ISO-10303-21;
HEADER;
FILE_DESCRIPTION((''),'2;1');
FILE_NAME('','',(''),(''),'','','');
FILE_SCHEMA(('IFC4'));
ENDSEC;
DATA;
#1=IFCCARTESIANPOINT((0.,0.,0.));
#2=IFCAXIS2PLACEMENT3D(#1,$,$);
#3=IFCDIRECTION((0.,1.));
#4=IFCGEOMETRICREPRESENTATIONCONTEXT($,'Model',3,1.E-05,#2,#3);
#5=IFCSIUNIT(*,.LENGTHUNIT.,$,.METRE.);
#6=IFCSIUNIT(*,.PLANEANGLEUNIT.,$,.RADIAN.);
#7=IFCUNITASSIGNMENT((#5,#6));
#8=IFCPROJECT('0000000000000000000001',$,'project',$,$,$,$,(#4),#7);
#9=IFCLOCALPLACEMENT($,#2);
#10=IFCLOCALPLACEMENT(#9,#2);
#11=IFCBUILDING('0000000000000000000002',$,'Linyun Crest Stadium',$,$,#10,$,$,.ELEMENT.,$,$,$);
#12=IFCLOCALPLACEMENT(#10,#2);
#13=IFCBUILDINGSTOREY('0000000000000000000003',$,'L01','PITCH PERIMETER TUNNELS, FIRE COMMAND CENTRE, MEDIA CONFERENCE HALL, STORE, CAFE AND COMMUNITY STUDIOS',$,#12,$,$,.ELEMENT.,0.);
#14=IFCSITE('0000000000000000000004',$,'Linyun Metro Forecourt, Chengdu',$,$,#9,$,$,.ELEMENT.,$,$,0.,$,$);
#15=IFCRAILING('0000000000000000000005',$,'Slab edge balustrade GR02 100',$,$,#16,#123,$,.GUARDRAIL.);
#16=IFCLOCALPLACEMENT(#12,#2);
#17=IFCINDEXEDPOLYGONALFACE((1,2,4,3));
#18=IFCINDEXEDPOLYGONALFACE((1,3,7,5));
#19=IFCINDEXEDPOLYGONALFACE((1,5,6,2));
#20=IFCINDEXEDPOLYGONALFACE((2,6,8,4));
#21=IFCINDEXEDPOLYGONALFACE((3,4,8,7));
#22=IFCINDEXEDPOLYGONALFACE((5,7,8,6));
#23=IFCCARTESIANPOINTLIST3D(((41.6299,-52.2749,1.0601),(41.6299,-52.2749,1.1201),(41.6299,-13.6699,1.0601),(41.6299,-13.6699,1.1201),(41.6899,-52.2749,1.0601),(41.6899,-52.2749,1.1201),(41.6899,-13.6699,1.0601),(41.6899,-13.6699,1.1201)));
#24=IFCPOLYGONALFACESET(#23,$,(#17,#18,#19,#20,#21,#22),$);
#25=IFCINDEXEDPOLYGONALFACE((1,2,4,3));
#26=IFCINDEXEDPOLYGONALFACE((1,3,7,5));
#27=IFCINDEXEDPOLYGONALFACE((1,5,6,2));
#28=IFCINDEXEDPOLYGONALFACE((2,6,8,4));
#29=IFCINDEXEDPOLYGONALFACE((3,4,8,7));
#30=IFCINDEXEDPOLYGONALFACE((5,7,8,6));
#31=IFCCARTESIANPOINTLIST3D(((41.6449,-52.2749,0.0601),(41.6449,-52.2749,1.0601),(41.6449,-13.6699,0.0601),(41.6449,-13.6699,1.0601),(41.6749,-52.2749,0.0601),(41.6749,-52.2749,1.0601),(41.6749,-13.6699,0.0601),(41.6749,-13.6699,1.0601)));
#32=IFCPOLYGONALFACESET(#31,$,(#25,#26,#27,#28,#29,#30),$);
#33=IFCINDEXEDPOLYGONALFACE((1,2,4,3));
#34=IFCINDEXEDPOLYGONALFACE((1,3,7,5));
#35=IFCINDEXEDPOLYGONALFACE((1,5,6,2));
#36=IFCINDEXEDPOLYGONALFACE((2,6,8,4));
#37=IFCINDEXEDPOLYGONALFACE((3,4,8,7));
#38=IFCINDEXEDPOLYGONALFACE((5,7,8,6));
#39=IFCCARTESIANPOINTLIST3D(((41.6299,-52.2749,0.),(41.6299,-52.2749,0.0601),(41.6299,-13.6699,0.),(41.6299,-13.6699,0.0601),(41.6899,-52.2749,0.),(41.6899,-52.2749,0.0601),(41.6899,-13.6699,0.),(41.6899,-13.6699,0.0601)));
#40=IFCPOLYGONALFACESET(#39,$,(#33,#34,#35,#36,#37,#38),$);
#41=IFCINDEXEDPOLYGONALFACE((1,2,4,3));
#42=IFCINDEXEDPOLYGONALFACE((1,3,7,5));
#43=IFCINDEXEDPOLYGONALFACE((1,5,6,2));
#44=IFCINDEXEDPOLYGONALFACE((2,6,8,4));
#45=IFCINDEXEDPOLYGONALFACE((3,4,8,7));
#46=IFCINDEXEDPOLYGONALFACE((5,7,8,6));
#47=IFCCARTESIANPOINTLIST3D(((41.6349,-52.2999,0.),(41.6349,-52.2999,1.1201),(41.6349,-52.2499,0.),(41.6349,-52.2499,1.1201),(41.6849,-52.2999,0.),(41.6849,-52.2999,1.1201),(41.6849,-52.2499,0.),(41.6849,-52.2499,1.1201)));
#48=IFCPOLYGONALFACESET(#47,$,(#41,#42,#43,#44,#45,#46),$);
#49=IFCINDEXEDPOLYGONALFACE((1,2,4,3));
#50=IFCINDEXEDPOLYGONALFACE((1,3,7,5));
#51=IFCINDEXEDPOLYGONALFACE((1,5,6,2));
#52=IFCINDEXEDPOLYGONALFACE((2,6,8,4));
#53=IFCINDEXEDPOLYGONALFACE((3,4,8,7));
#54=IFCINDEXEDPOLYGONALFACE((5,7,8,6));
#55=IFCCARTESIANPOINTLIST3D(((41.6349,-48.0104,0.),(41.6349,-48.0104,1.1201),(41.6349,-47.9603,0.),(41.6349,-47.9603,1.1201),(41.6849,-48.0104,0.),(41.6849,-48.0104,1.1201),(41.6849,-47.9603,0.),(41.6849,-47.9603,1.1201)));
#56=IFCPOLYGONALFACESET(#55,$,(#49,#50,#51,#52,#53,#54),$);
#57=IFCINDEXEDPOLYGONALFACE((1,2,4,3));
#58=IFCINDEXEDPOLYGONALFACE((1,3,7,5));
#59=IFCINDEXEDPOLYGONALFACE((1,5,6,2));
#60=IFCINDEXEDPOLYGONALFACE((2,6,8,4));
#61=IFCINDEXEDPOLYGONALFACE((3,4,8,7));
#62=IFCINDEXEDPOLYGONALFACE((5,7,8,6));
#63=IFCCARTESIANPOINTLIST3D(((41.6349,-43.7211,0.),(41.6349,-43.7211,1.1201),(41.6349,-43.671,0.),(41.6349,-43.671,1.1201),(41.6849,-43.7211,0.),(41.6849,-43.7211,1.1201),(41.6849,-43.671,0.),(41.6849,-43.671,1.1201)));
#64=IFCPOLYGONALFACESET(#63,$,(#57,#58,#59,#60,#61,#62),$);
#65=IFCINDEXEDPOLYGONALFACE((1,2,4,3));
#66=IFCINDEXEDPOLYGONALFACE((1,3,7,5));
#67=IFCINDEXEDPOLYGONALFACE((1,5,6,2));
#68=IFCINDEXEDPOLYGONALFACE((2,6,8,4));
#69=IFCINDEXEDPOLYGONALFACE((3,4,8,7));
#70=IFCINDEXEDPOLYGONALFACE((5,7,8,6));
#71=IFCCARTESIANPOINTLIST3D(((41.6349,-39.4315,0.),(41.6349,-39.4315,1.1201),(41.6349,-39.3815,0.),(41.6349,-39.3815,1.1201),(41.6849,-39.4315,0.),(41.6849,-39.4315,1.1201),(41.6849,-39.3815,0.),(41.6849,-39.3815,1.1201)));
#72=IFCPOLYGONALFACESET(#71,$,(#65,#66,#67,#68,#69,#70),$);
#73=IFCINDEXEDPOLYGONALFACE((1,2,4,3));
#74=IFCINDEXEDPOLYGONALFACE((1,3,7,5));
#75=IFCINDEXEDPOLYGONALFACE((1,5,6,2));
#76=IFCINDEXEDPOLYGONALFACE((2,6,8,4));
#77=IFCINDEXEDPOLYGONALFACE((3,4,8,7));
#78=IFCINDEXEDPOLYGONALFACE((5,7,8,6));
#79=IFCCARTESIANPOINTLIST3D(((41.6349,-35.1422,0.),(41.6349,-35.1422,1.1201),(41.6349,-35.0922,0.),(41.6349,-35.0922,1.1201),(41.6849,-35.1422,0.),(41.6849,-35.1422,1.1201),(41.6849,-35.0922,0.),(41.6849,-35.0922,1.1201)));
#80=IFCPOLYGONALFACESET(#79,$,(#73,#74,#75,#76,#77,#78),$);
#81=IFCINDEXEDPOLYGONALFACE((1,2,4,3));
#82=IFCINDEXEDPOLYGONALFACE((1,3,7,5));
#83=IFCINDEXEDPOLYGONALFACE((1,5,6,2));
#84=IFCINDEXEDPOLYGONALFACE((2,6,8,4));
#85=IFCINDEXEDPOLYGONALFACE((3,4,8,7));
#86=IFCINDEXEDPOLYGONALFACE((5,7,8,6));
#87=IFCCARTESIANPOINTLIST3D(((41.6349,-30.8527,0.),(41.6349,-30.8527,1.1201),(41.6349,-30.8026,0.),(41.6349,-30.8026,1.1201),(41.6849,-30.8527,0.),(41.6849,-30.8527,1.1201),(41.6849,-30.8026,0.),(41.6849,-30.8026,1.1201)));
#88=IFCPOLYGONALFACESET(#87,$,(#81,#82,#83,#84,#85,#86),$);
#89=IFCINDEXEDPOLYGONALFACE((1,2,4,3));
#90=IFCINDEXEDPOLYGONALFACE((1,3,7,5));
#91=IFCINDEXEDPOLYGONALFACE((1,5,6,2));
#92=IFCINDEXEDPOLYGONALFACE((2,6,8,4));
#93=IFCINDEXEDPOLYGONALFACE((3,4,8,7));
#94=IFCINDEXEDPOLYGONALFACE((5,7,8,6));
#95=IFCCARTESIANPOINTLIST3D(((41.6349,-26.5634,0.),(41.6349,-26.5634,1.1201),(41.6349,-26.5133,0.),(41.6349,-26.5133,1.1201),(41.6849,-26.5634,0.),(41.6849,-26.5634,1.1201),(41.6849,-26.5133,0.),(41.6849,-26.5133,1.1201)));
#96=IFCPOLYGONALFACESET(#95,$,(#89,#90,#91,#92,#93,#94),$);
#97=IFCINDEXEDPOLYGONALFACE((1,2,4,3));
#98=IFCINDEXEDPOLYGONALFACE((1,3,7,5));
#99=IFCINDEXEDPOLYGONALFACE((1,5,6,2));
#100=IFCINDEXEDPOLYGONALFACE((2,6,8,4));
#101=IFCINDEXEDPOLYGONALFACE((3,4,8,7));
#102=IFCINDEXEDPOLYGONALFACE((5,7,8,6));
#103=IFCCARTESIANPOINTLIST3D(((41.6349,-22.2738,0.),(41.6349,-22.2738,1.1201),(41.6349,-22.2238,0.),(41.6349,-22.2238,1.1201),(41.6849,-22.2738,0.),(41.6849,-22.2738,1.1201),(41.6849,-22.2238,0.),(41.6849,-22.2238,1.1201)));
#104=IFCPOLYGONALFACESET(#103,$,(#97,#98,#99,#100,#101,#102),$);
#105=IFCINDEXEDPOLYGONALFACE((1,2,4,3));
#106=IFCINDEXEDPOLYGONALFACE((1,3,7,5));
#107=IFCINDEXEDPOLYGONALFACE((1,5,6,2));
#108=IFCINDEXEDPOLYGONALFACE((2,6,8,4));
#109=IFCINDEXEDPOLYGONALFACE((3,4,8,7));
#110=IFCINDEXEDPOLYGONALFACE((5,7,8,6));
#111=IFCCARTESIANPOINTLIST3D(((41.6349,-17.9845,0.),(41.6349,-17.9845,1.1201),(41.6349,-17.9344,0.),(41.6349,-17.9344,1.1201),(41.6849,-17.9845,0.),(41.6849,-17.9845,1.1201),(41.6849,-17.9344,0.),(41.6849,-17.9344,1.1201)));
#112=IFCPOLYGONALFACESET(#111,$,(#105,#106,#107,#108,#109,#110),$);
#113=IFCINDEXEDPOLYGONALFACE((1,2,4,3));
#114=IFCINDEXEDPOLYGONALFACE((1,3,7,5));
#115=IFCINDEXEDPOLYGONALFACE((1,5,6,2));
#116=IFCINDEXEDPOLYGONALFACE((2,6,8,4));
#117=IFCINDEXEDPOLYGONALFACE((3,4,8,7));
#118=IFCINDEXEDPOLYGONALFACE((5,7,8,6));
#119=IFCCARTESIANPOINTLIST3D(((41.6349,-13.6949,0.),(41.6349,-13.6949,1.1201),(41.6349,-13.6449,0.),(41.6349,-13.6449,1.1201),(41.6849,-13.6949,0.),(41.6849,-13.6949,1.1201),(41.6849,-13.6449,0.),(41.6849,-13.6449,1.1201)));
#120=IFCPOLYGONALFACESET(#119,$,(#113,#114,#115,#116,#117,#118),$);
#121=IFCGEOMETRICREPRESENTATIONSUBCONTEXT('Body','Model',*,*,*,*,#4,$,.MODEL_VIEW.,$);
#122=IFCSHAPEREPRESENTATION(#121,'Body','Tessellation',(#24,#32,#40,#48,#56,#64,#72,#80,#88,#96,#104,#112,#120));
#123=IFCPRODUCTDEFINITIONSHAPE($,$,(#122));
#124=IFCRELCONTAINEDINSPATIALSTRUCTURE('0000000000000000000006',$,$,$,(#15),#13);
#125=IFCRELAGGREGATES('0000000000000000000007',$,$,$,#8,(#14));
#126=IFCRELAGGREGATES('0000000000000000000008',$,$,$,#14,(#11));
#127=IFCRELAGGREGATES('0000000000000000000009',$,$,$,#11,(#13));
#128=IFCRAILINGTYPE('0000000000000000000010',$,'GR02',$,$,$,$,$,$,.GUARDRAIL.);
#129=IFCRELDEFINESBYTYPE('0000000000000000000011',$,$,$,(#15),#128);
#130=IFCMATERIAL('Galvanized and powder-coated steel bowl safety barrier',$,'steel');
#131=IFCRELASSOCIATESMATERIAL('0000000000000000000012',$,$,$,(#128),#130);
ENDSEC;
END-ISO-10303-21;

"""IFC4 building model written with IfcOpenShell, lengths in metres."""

from ifc_helpers import new_model, si_unit, direction, frame, origin, origin_2d, place, context, subcontext, project, spatial, rectangle, extrude, material, type_object, element, save


model = new_model("IFC4")

# Units and contexts
model_context = context("Model", 3, precision=1e-05, world=origin(), true_north=direction((0.0, 1.0)))
body_context = subcontext(model_context, "Body", "Model", "MODEL_VIEW")
ifc_project = project(units=[si_unit("LENGTHUNIT", "METRE"), si_unit("PLANEANGLEUNIT", "RADIAN")], contexts=[model_context])

# Site, building, storey
site_placement = place(None, origin())
site = spatial("IfcSite", under=ifc_project, at=site_placement, Name="Linyun Metro Forecourt, Chengdu", CompositionType="ELEMENT", RefElevation=0.0)
building_placement = place(site_placement, origin())
building = spatial("IfcBuilding", under=site, at=building_placement, Name="Linyun Crest Stadium", CompositionType="ELEMENT")
storey_placement = place(building_placement, origin())
storey = spatial("IfcBuildingStorey", under=building, at=storey_placement, Name="L01", Description="PITCH PERIMETER TUNNELS, FIRE COMMAND CENTRE, MEDIA CONFERENCE HALL, STORE, CAFE AND COMMUNITY STUDIOS", CompositionType="ELEMENT", Elevation=0.0)

# Railing
ifc_material_1 = material(Name="Galvanized and powder-coated steel bowl safety barrier", Category="steel")
railing_type = type_object("IfcRailingType", Name="GR02", PredefinedType="GUARDRAIL", material=ifc_material_1)
railing_placement = place(storey_placement, frame((41.6599, -52.2749, 0.0)))
element("IfcRailing", 1, at=railing_placement, inside=storey, type_object=railing_type, Name="Slab edge balustrade GR02 100", PredefinedType="GUARDRAIL", context=body_context, shape_type="SweptSolid", body=[
    extrude(rectangle(XDim=0.0601, YDim=0.0601, at=origin_2d()), frame((0.0, 0.0, 1.0901), z_axis=(0.0, 1.0, 0.0), x_axis=(-1.0, 0.0, 0.0)), (0.0, 0.0, 1.0), 38.605),
    extrude(rectangle(XDim=0.03, YDim=1.0, at=origin_2d()), frame((0.0, 0.0, 0.5601), z_axis=(0.0, 1.0, 0.0), x_axis=(-1.0, 0.0, 0.0)), (0.0, 0.0, 1.0), 38.605),
    extrude(rectangle(XDim=0.0601, YDim=0.0601, at=origin_2d()), frame((0.0, 0.0, 0.03), z_axis=(0.0, 1.0, 0.0), x_axis=(-1.0, 0.0, 0.0)), (0.0, 0.0, 1.0), 38.605),
    extrude(rectangle(XDim=0.05, YDim=0.05, at=origin_2d()), origin(), (0.0, 0.0, 1.0), 1.1201),
    extrude(rectangle(XDim=0.05, YDim=0.05, at=origin_2d()), frame((0.0, 4.2896, 0.0)), (0.0, 0.0, 1.0), 1.1201),
    extrude(rectangle(XDim=0.05, YDim=0.05, at=origin_2d()), frame((0.0, 8.5789, 0.0)), (0.0, 0.0, 1.0), 1.1201),
    extrude(rectangle(XDim=0.05, YDim=0.05, at=origin_2d()), frame((0.0, 12.8684, 0.0)), (0.0, 0.0, 1.0), 1.1201),
    extrude(rectangle(XDim=0.05, YDim=0.05, at=origin_2d()), frame((0.0, 17.1577, 0.0)), (0.0, 0.0, 1.0), 1.1201),
    extrude(rectangle(XDim=0.05, YDim=0.05, at=origin_2d()), frame((0.0, 21.4473, 0.0)), (0.0, 0.0, 1.0), 1.1201),
    extrude(rectangle(XDim=0.05, YDim=0.05, at=origin_2d()), frame((0.0, 25.7366, 0.0)), (0.0, 0.0, 1.0), 1.1201),
    extrude(rectangle(XDim=0.05, YDim=0.05, at=origin_2d()), frame((0.0, 30.0261, 0.0)), (0.0, 0.0, 1.0), 1.1201),
    extrude(rectangle(XDim=0.05, YDim=0.05, at=origin_2d()), frame((0.0, 34.3154, 0.0)), (0.0, 0.0, 1.0), 1.1201),
    extrude(rectangle(XDim=0.05, YDim=0.05, at=origin_2d()), frame((0.0, 38.605, 0.0)), (0.0, 0.0, 1.0), 1.1201),
])

save(model, "model.ifc")
